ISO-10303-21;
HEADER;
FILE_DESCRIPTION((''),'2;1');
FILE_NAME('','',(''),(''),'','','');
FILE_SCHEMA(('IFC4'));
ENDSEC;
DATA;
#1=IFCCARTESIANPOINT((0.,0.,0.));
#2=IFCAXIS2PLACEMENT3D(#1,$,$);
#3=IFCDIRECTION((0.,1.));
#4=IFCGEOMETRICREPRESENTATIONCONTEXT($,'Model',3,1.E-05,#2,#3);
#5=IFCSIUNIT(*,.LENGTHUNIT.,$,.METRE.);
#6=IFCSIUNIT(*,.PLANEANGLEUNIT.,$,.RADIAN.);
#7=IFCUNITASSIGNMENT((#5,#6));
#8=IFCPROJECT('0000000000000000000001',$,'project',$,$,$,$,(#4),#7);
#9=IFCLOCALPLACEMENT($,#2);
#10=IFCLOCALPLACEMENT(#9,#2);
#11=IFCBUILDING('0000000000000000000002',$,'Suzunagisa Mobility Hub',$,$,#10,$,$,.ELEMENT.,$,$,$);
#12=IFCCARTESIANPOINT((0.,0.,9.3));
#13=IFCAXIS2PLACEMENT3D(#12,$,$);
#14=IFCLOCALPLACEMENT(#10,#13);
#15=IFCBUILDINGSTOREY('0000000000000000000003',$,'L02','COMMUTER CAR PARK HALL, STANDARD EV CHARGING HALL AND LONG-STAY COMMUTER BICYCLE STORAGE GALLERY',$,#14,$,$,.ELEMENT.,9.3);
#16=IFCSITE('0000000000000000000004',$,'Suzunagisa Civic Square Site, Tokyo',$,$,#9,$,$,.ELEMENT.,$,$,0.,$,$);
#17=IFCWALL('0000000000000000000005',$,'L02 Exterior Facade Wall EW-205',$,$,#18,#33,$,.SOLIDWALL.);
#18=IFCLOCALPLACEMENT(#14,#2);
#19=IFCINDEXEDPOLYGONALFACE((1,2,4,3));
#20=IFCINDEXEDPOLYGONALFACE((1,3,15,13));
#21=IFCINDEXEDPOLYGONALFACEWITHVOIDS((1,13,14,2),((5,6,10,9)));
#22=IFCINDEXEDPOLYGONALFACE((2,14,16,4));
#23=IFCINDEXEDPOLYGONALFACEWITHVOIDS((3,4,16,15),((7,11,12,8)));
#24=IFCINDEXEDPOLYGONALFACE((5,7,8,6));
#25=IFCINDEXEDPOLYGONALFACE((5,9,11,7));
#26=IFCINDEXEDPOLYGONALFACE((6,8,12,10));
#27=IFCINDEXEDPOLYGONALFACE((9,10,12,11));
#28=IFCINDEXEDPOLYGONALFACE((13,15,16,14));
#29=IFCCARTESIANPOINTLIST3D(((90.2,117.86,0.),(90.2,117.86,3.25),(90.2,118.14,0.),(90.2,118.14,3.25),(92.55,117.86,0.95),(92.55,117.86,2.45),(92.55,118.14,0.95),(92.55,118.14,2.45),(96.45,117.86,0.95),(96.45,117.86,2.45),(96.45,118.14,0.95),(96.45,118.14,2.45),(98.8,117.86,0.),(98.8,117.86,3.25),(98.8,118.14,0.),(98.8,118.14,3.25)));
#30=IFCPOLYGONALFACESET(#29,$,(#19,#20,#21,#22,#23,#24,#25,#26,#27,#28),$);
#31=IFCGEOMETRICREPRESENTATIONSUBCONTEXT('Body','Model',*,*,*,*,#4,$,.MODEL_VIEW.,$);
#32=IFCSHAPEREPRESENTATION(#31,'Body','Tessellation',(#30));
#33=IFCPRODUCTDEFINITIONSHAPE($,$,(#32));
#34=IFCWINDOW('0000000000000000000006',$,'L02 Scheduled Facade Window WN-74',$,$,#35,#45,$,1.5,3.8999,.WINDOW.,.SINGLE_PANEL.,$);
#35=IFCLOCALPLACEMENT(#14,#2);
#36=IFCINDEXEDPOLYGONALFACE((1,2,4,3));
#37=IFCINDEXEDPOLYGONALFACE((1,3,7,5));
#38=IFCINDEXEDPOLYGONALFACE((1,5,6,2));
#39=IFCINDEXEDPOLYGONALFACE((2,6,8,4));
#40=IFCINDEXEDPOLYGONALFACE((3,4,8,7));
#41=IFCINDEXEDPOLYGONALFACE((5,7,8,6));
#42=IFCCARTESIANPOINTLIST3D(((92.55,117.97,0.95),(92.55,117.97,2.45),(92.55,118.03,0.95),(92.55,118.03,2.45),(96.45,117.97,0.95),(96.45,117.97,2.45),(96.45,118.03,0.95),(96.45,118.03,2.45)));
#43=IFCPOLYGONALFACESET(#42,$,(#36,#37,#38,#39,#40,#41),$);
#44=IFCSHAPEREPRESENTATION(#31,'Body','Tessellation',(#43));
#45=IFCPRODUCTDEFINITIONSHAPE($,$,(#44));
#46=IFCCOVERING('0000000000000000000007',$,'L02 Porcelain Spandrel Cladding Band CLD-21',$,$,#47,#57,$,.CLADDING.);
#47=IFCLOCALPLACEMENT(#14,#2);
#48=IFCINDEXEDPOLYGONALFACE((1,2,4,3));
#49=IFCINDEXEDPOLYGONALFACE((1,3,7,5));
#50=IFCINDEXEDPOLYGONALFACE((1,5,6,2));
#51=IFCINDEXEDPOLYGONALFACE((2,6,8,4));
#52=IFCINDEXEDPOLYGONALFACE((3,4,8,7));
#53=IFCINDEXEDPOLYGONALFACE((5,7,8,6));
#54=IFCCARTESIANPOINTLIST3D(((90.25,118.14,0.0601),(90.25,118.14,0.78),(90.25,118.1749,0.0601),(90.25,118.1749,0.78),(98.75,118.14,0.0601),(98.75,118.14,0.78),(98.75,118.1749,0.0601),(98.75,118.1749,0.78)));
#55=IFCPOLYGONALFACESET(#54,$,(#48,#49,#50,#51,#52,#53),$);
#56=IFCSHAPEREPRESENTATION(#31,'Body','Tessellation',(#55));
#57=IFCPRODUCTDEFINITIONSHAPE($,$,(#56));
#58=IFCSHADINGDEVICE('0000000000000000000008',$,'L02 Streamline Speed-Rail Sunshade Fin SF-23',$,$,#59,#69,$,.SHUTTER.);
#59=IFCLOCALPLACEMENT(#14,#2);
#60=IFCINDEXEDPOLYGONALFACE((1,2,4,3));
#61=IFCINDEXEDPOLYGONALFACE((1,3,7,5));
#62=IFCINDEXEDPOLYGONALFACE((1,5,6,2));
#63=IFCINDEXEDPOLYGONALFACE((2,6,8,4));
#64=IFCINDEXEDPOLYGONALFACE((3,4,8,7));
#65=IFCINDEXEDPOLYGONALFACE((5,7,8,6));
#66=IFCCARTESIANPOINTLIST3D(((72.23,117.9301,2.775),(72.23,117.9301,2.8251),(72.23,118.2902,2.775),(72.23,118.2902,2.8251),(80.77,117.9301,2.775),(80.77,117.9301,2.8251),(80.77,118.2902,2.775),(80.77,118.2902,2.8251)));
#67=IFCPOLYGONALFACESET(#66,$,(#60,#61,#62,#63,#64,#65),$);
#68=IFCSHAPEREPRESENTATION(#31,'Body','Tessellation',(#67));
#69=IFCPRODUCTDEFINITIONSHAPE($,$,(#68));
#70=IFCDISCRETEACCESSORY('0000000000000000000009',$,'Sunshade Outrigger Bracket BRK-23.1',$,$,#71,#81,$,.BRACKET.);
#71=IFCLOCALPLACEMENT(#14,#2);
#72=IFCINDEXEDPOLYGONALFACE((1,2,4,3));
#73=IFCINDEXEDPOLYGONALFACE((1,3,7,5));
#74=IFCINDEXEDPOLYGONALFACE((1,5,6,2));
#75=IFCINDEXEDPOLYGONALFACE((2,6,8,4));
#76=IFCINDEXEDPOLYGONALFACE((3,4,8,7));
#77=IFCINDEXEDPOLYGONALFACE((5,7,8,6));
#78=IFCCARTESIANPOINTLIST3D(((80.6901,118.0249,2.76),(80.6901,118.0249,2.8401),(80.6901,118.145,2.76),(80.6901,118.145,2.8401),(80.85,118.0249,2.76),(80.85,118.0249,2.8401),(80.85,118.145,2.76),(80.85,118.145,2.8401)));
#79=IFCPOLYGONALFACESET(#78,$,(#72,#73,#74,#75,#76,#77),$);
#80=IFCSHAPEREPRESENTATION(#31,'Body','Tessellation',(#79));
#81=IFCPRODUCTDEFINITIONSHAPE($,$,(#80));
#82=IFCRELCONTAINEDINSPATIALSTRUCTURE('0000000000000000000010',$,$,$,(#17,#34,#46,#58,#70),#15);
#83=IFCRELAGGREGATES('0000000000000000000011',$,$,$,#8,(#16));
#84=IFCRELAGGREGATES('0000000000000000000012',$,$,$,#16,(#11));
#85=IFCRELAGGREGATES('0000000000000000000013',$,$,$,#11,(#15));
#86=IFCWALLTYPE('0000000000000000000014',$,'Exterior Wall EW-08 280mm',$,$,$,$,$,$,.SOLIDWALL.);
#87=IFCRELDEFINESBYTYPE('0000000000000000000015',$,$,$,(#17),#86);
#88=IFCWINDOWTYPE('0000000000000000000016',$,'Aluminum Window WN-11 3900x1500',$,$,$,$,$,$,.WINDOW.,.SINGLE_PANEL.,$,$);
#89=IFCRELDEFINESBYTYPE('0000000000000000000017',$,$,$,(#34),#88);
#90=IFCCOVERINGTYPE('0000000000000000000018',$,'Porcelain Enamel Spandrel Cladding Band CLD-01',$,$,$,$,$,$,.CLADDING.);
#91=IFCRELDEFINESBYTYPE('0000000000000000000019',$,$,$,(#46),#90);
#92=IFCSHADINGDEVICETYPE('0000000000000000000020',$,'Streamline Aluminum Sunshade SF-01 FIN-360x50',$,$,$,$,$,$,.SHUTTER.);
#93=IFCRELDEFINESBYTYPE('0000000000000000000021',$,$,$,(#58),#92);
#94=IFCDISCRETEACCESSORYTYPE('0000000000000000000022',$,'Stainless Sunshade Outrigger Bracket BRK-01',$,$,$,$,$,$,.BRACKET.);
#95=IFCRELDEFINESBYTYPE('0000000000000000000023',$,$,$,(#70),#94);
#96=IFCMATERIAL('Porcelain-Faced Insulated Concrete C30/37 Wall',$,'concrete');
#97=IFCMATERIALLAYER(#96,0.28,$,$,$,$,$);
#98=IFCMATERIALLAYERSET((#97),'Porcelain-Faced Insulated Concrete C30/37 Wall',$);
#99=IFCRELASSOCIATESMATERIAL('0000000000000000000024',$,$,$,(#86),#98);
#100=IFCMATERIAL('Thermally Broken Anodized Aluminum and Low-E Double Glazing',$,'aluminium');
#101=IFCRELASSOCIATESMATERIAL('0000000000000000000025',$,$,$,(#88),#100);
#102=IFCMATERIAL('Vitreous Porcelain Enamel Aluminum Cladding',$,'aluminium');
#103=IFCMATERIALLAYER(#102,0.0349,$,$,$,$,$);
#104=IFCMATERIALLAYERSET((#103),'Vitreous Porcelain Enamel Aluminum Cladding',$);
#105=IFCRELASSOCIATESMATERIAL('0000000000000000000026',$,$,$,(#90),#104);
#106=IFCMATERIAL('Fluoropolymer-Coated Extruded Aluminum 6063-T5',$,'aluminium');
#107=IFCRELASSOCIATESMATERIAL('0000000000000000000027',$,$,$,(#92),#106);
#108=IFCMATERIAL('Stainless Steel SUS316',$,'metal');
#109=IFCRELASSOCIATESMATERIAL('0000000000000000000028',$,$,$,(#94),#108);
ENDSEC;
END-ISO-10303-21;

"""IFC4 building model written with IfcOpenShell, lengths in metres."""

from ifc_helpers import new_model, si_unit, direction, frame, frame_2d, origin, origin_2d, place, context, subcontext, project, spatial, rectangle, extrude, material, layer, layer_set, material_profile, profile_set, type_object, element, fill, save


model = new_model("IFC4")

# Units and contexts
model_context = context("Model", 3, precision=1e-05, world=origin(), true_north=direction((0.0, 1.0)))
body_context = subcontext(model_context, "Body", "Model", "MODEL_VIEW")
ifc_project = project(units=[si_unit("LENGTHUNIT", "METRE"), si_unit("PLANEANGLEUNIT", "RADIAN")], contexts=[model_context])

# Site, building, storey
site_placement = place(None, origin())
site = spatial("IfcSite", under=ifc_project, at=site_placement, Name="Suzunagisa Civic Square Site, Tokyo", CompositionType="ELEMENT", RefElevation=0.0)
building_placement = place(site_placement, origin())
building = spatial("IfcBuilding", under=site, at=building_placement, Name="Suzunagisa Mobility Hub", CompositionType="ELEMENT")
storey_placement = place(building_placement, frame((0.0, 0.0, 9.3)))
storey = spatial("IfcBuildingStorey", under=building, at=storey_placement, Name="L02", Description="COMMUTER CAR PARK HALL, STANDARD EV CHARGING HALL AND LONG-STAY COMMUTER BICYCLE STORAGE GALLERY", CompositionType="ELEMENT", Elevation=9.3)

# Wall, opening, window
ifc_material_1 = material(Name="Porcelain-Faced Insulated Concrete C30/37 Wall", Category="concrete")
ifc_material_2 = material(Name="Thermally Broken Anodized Aluminum and Low-E Double Glazing", Category="aluminium")
ifc_layer_1 = layer(ifc_material_1, 0.28)
ifc_layer_set_1 = layer_set([ifc_layer_1], Name="Porcelain-Faced Insulated Concrete C30/37 Wall")
wall_type_1 = type_object("IfcWallType", Name="Exterior Wall EW-08 280mm", PredefinedType="SOLIDWALL", material=ifc_layer_set_1)
wall_1_placement = place(storey_placement, frame((98.8, 118.0, 0.0), z_axis=(0.0, 0.0, 1.0), x_axis=(-1.0, 0.0, 0.0)))
wall_1 = element("IfcWall", 1, at=wall_1_placement, inside=storey, type_object=wall_type_1, Name="L02 Exterior Facade Wall EW-205", PredefinedType="SOLIDWALL", context=body_context, shape_type="SweptSolid", body=[
    extrude(rectangle(XDim=8.6001, YDim=0.28, at=frame_2d((4.3, 0.0))), origin(), (0.0, 0.0, 1.0), 3.25),
])
opening_1_placement = place(wall_1_placement, frame((2.3501, 0.0, 0.95)))
opening_1 = element("IfcOpeningElement", 2, at=opening_1_placement, cuts=wall_1, PredefinedType="OPENING", context=body_context, shape_type="SweptSolid", body=[
    extrude(rectangle(XDim=3.8999, YDim=1.5, at=frame_2d((1.95, 0.75))), frame((0.0, 0.1509, 0.0), z_axis=(0.0, -1.0, 0.0), x_axis=(1.0, 0.0, 0.0)), (0.0, 0.0, 1.0), 0.302),
])
window_type_1 = type_object("IfcWindowType", Name="Aluminum Window WN-11 3900x1500", PartitioningType="SINGLE_PANEL", PredefinedType="WINDOW", material=ifc_material_2)
window_1_placement = place(opening_1_placement, origin())
window_1 = element("IfcWindow", 3, at=window_1_placement, inside=storey, type_object=window_type_1, Name="L02 Scheduled Facade Window WN-74", OverallHeight=1.5, OverallWidth=3.8999, PartitioningType="SINGLE_PANEL", PredefinedType="WINDOW", context=body_context, shape_type="SweptSolid", body=[
    extrude(rectangle(XDim=3.8999, YDim=1.5, at=frame_2d((1.95, 0.75))), frame((0.0, 0.03, 0.0), z_axis=(0.0, -1.0, 0.0), x_axis=(1.0, 0.0, 0.0)), (0.0, 0.0, 1.0), 0.0601),
])
fill(opening_1, window_1)

# Covering
ifc_material_3 = material(Name="Vitreous Porcelain Enamel Aluminum Cladding", Category="aluminium")
ifc_layer_2 = layer(ifc_material_3, 0.0349)
ifc_layer_set_2 = layer_set([ifc_layer_2], Name="Vitreous Porcelain Enamel Aluminum Cladding")
covering_type = type_object("IfcCoveringType", Name="Porcelain Enamel Spandrel Cladding Band CLD-01", PredefinedType="CLADDING", material=ifc_layer_set_2)
covering_placement = place(storey_placement, frame((94.5, 118.1575, 0.0601), z_axis=(0.0, 0.0, 1.0), x_axis=(-1.0, 0.0, 0.0)))
element("IfcCovering", 4, at=covering_placement, inside=storey, type_object=covering_type, Name="L02 Porcelain Spandrel Cladding Band CLD-21", PredefinedType="CLADDING", context=body_context, shape_type="SweptSolid", body=[
    extrude(rectangle(XDim=8.5, YDim=0.0349, at=origin_2d()), origin(), (0.0, 0.0, 1.0), 0.72),
])

# Shading device
ifc_material_4 = material(Name="Fluoropolymer-Coated Extruded Aluminum 6063-T5", Category="aluminium")
ifc_material_profile_1 = material_profile(ifc_material_4, rectangle(XDim=0.3601, YDim=0.05, at=origin_2d()), Name="FIN-360x50")
ifc_profile_set_1 = profile_set([ifc_material_profile_1], Name="Fluoropolymer-Coated Extruded Aluminum 6063-T5")
shading_device_type = type_object("IfcShadingDeviceType", Name="Streamline Aluminum Sunshade SF-01 FIN-360x50", PredefinedType="SHUTTER", material=ifc_profile_set_1)
shading_device_placement = place(storey_placement, frame((80.77, 118.1101, 2.8), z_axis=(-1.0, 0.0, 0.0), x_axis=(0.0, -1.0, 0.0)))
element("IfcShadingDevice", 5, at=shading_device_placement, inside=storey, type_object=shading_device_type, Name="L02 Streamline Speed-Rail Sunshade Fin SF-23", PredefinedType="SHUTTER", context=body_context, shape_type="SweptSolid", body=[
    extrude(rectangle(XDim=0.3601, YDim=0.05, at=origin_2d()), origin(), (0.0, 0.0, 1.0), 8.54),
])

# Discrete accessory
ifc_material_5 = material(Name="Stainless Steel SUS316", Category="metal")
discrete_accessory_type = type_object("IfcDiscreteAccessoryType", Name="Stainless Sunshade Outrigger Bracket BRK-01", PredefinedType="BRACKET", material=ifc_material_5)
discrete_accessory_placement = place(storey_placement, frame((80.77, 118.085, 2.76), z_axis=(0.0, 0.0, 1.0), x_axis=(-1.0, 0.0, 0.0)))
element("IfcDiscreteAccessory", 6, at=discrete_accessory_placement, inside=storey, type_object=discrete_accessory_type, Name="Sunshade Outrigger Bracket BRK-23.1", PredefinedType="BRACKET", context=body_context, shape_type="SweptSolid", body=[
    extrude(rectangle(XDim=0.1599, YDim=0.1201, at=origin_2d()), origin(), (0.0, 0.0, 1.0), 0.0801),
])

save(model, "model.ifc")
